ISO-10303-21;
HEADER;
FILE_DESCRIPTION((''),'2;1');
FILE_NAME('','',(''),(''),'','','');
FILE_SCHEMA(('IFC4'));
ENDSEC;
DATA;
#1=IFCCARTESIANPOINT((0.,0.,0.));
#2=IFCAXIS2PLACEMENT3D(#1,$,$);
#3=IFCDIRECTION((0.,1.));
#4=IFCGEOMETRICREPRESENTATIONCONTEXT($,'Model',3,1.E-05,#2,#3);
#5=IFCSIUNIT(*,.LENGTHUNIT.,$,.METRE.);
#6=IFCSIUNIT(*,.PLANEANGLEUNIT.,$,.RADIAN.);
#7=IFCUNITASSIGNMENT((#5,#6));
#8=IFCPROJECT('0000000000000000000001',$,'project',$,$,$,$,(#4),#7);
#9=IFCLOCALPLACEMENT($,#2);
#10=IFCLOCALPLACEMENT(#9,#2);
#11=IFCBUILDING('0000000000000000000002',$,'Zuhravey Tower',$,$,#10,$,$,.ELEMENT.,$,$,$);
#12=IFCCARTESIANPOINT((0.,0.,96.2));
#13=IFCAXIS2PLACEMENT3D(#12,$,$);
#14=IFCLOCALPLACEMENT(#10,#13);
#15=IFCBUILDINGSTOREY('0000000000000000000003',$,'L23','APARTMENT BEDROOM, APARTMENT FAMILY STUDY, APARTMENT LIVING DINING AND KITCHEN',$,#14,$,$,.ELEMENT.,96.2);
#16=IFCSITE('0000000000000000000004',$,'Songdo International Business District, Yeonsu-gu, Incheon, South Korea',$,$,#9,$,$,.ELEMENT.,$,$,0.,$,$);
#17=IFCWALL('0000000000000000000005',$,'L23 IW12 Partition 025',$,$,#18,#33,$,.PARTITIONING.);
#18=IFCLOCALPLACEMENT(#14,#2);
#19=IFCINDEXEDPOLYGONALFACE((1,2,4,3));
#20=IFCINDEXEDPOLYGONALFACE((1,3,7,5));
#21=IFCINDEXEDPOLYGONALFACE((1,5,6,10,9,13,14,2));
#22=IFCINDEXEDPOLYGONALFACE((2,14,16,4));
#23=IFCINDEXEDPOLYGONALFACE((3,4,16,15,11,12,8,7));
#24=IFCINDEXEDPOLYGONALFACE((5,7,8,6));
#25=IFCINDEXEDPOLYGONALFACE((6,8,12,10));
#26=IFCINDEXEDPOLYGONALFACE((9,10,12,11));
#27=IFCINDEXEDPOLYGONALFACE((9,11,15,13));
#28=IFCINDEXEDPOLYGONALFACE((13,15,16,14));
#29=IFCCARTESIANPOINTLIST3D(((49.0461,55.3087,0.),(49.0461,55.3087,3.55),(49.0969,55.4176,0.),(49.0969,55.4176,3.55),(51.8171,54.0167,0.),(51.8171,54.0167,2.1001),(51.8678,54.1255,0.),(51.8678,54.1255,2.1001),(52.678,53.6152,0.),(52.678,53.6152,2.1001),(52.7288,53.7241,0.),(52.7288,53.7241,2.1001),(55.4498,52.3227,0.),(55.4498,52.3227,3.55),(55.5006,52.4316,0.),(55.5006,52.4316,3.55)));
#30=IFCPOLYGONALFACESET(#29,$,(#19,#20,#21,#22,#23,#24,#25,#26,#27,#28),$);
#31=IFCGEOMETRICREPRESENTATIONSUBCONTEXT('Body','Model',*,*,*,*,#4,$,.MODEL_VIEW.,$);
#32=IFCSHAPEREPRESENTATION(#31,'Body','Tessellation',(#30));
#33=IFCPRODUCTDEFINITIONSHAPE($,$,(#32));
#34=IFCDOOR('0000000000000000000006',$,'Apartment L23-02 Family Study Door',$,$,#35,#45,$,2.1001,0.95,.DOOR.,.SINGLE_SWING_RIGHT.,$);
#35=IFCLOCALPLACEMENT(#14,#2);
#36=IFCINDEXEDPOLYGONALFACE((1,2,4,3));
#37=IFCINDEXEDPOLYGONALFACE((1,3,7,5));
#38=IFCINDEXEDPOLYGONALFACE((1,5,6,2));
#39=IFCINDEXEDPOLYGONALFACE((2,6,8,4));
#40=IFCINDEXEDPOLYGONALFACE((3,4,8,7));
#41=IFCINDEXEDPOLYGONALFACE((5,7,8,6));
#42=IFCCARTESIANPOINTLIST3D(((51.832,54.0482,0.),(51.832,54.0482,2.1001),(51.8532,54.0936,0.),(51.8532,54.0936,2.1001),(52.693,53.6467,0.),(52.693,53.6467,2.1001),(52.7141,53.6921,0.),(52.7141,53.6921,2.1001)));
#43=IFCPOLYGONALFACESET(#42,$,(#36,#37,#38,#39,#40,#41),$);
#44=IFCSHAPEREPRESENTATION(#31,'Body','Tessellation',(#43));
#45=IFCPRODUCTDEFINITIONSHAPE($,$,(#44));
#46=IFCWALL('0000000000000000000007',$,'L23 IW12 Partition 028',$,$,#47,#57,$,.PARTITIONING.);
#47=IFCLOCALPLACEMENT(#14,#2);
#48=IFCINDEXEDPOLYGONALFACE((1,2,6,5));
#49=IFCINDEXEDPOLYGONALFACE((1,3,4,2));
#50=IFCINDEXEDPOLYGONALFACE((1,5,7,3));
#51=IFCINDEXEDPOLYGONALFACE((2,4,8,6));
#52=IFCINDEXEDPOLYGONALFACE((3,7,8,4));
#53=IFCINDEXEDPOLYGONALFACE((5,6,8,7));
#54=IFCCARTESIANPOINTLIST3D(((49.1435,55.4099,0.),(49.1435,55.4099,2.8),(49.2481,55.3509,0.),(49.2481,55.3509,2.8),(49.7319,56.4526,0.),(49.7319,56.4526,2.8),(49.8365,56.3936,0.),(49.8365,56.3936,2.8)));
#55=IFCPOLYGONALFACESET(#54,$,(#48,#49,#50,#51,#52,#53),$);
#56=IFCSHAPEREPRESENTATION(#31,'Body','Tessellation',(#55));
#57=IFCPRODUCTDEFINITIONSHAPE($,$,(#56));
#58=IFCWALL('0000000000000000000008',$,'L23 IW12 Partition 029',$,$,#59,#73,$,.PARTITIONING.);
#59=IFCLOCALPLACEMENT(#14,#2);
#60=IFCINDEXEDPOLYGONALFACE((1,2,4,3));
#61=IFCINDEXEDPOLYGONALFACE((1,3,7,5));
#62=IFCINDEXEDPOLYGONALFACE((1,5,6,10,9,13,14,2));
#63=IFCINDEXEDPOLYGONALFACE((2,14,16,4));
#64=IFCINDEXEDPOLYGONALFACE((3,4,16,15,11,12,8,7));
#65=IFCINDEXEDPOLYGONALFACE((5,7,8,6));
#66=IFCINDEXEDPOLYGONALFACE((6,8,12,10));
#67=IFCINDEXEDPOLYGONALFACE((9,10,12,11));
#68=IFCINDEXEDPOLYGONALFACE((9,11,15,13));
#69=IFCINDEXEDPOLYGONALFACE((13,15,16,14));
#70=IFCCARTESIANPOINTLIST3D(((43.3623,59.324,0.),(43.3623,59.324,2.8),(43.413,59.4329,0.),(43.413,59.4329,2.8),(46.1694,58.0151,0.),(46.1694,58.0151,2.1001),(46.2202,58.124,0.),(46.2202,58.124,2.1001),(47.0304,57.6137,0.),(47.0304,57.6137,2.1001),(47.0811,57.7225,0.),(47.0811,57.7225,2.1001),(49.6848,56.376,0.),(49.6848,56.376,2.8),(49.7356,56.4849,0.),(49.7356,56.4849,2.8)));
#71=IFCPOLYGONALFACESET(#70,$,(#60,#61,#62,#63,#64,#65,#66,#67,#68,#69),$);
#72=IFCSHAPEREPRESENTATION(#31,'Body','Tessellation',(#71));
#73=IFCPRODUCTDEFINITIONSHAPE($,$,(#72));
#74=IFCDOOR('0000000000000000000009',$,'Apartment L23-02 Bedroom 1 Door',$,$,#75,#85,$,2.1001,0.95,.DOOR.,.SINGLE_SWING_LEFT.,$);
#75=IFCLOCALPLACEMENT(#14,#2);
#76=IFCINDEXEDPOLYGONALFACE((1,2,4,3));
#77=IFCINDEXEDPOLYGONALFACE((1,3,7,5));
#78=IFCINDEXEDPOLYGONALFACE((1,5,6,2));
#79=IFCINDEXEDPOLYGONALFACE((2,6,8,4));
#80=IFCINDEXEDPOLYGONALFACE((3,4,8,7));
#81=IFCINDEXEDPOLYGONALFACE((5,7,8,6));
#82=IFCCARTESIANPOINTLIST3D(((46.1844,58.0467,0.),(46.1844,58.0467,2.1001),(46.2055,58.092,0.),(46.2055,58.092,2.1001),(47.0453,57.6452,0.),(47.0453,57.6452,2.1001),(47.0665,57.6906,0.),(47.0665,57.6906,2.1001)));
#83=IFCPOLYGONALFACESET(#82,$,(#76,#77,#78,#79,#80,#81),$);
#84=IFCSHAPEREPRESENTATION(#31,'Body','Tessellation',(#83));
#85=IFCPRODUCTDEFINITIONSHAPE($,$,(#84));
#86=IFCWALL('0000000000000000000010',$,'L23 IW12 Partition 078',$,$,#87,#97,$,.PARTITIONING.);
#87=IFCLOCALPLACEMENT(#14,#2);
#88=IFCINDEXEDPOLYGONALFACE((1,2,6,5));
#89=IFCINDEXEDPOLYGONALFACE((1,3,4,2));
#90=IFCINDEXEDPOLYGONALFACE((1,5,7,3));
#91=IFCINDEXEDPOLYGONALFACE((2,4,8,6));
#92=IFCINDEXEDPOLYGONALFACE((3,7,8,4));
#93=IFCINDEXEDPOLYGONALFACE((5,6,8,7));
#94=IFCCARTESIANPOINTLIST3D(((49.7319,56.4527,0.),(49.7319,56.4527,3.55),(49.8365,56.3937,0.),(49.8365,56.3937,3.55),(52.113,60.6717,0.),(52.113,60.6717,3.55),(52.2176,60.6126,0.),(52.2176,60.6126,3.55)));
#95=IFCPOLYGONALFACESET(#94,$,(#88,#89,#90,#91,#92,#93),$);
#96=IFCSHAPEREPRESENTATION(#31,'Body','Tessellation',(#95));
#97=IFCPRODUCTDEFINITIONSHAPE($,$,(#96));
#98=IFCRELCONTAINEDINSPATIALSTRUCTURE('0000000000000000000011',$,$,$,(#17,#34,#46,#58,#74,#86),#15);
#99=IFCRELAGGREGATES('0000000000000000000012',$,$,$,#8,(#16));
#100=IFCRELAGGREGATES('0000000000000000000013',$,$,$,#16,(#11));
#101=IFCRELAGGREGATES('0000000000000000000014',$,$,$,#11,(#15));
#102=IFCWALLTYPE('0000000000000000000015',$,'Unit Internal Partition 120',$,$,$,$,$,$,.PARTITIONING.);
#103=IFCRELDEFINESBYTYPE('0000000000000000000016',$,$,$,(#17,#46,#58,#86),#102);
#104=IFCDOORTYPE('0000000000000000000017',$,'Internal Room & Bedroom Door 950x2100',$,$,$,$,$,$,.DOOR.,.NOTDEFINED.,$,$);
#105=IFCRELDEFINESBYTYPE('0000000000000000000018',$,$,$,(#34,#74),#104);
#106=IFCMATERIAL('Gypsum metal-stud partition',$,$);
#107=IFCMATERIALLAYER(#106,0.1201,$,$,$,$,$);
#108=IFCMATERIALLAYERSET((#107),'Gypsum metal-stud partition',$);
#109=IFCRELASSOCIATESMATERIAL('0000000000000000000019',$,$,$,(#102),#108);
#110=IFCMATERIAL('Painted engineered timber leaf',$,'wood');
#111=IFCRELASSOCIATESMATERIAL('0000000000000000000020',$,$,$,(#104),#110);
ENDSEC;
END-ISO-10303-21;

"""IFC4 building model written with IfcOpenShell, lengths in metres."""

from ifc_helpers import new_model, si_unit, direction, frame, frame_2d, origin, place, context, subcontext, project, spatial, rectangle, extrude, material, layer, layer_set, type_object, element, fill, save


model = new_model("IFC4")

# Units and contexts
model_context = context("Model", 3, precision=1e-05, world=origin(), true_north=direction((0.0, 1.0)))
body_context = subcontext(model_context, "Body", "Model", "MODEL_VIEW")
ifc_project = project(units=[si_unit("LENGTHUNIT", "METRE"), si_unit("PLANEANGLEUNIT", "RADIAN")], contexts=[model_context])

# Site, building, storey
site_placement = place(None, origin())
site = spatial("IfcSite", under=ifc_project, at=site_placement, Name="Songdo International Business District, Yeonsu-gu, Incheon, South Korea", CompositionType="ELEMENT", RefElevation=0.0)
building_placement = place(site_placement, origin())
building = spatial("IfcBuilding", under=site, at=building_placement, Name="Zuhravey Tower", CompositionType="ELEMENT")
storey_placement = place(building_placement, frame((0.0, 0.0, 96.2)))
storey = spatial("IfcBuildingStorey", under=building, at=storey_placement, Name="L23", Description="APARTMENT BEDROOM, APARTMENT FAMILY STUDY, APARTMENT LIVING DINING AND KITCHEN", CompositionType="ELEMENT", Elevation=96.2)

# Wall, opening, door
ifc_material_1 = material(Name="Gypsum metal-stud partition")
ifc_layer_1 = layer(ifc_material_1, 0.1201)
ifc_layer_set_1 = layer_set([ifc_layer_1], Name="Gypsum metal-stud partition")
wall_type_1 = type_object("IfcWallType", Name="Unit Internal Partition 120", PredefinedType="PARTITIONING", material=ifc_layer_set_1)
wall_1_placement = place(storey_placement, frame((55.4751, 52.3772, 0.0), z_axis=(0.0, 0.0, 1.0), x_axis=(-0.906311, 0.422611, 0.0)))
wall_1 = element("IfcWall", 1, at=wall_1_placement, inside=storey, type_object=wall_type_1, Name="L23 IW12 Partition 025", PredefinedType="PARTITIONING", context=body_context, shape_type="SweptSolid", body=[
    extrude(rectangle(XDim=7.0657, YDim=0.1201, at=frame_2d((3.5327, 0.0))), origin(), (0.0, 0.0, 1.0), 3.55),
])
opening_1_placement = place(wall_1_placement, frame((3.0581, 0.0, 0.0)))
opening_1 = element("IfcOpeningElement", 2, at=opening_1_placement, cuts=wall_1, PredefinedType="OPENING", context=body_context, shape_type="SweptSolid", body=[
    extrude(rectangle(XDim=0.95, YDim=2.1001, at=frame_2d((0.4751, 1.05))), frame((0.0, 0.072, 0.0), z_axis=(0.0, -1.0, 0.0), x_axis=(1.0, 0.0, 0.0)), (0.0, 0.0, 1.0), 0.144),
])
ifc_material_2 = material(Name="Painted engineered timber leaf", Category="wood")
door_type = type_object("IfcDoorType", Name="Internal Room & Bedroom Door 950x2100", OperationType="NOTDEFINED", PredefinedType="DOOR", material=ifc_material_2)
door_1_placement = place(opening_1_placement, frame((0.95, 0.0, 0.0), z_axis=(0.0, 0.0, 1.0), x_axis=(-1.0, 0.0, 0.0)))
door_1 = element("IfcDoor", 3, at=door_1_placement, inside=storey, type_object=door_type, Name="Apartment L23-02 Family Study Door", OperationType="SINGLE_SWING_RIGHT", OverallHeight=2.1001, OverallWidth=0.95, PredefinedType="DOOR", context=body_context, shape_type="SweptSolid", body=[
    extrude(rectangle(XDim=0.95, YDim=2.1001, at=frame_2d((0.4751, 1.05))), frame((0.0, 0.0249, 0.0), z_axis=(0.0, -1.0, 0.0), x_axis=(1.0, 0.0, 0.0)), (0.0, 0.0, 1.0), 0.05),
])
fill(opening_1, door_1)

# Wall
wall_2_placement = place(storey_placement, frame((49.1958, 55.3804, 0.0), z_axis=(0.0, 0.0, 1.0), x_axis=(0.491432, 0.870916, 0.0)))
element("IfcWall", 4, at=wall_2_placement, inside=storey, type_object=wall_type_1, Name="L23 IW12 Partition 028", PredefinedType="PARTITIONING", context=body_context, shape_type="SweptSolid", body=[
    extrude(rectangle(XDim=1.1973, YDim=0.1201, at=frame_2d((0.5986, 0.0))), origin(), (0.0, 0.0, 1.0), 2.8),
])

# Wall, opening, door
wall_3_placement = place(storey_placement, frame((49.7102, 56.4304, 0.0), z_axis=(0.0, 0.0, 1.0), x_axis=(-0.906321, 0.42259, 0.0)))
wall_3 = element("IfcWall", 5, at=wall_3_placement, inside=storey, type_object=wall_type_1, Name="L23 IW12 Partition 029", PredefinedType="PARTITIONING", context=body_context, shape_type="SweptSolid", body=[
    extrude(rectangle(XDim=6.9761, YDim=0.1201, at=frame_2d((3.488, 0.0))), origin(), (0.0, 0.0, 1.0), 2.8),
])
opening_2_placement = place(wall_3_placement, frame((2.9287, 0.0, 0.0)))
opening_2 = element("IfcOpeningElement", 6, at=opening_2_placement, cuts=wall_3, PredefinedType="OPENING", context=body_context, shape_type="SweptSolid", body=[
    extrude(rectangle(XDim=0.95, YDim=2.1001, at=frame_2d((0.4751, 1.05))), frame((0.0, 0.072, 0.0), z_axis=(0.0, -1.0, 0.0), x_axis=(1.0, 0.0, 0.0)), (0.0, 0.0, 1.0), 0.144),
])
door_2_placement = place(opening_2_placement, frame((0.95, 0.0, 0.0), z_axis=(0.0, 0.0, 1.0), x_axis=(-1.0, 0.0, 0.0)))
door_2 = element("IfcDoor", 7, at=door_2_placement, inside=storey, type_object=door_type, Name="Apartment L23-02 Bedroom 1 Door", OperationType="SINGLE_SWING_LEFT", OverallHeight=2.1001, OverallWidth=0.95, PredefinedType="DOOR", context=body_context, shape_type="SweptSolid", body=[
    extrude(rectangle(XDim=0.95, YDim=2.1001, at=frame_2d((0.4751, 1.05))), frame((0.0, 0.0249, 0.0), z_axis=(0.0, -1.0, 0.0), x_axis=(1.0, 0.0, 0.0)), (0.0, 0.0, 1.0), 0.05),
])
fill(opening_2, door_2)

# Wall
wall_4_placement = place(storey_placement, frame((49.7842, 56.4231, 0.0), z_axis=(0.0, 0.0, 1.0), x_axis=(0.491503, 0.870876, 0.0)))
element("IfcWall", 8, at=wall_4_placement, inside=storey, type_object=wall_type_1, Name="L23 IW12 Partition 078", PredefinedType="PARTITIONING", context=body_context, shape_type="SweptSolid", body=[
    extrude(rectangle(XDim=4.8445, YDim=0.1201, at=frame_2d((2.4224, 0.0))), origin(), (0.0, 0.0, 1.0), 3.55),
])

save(model, "model.ifc")
